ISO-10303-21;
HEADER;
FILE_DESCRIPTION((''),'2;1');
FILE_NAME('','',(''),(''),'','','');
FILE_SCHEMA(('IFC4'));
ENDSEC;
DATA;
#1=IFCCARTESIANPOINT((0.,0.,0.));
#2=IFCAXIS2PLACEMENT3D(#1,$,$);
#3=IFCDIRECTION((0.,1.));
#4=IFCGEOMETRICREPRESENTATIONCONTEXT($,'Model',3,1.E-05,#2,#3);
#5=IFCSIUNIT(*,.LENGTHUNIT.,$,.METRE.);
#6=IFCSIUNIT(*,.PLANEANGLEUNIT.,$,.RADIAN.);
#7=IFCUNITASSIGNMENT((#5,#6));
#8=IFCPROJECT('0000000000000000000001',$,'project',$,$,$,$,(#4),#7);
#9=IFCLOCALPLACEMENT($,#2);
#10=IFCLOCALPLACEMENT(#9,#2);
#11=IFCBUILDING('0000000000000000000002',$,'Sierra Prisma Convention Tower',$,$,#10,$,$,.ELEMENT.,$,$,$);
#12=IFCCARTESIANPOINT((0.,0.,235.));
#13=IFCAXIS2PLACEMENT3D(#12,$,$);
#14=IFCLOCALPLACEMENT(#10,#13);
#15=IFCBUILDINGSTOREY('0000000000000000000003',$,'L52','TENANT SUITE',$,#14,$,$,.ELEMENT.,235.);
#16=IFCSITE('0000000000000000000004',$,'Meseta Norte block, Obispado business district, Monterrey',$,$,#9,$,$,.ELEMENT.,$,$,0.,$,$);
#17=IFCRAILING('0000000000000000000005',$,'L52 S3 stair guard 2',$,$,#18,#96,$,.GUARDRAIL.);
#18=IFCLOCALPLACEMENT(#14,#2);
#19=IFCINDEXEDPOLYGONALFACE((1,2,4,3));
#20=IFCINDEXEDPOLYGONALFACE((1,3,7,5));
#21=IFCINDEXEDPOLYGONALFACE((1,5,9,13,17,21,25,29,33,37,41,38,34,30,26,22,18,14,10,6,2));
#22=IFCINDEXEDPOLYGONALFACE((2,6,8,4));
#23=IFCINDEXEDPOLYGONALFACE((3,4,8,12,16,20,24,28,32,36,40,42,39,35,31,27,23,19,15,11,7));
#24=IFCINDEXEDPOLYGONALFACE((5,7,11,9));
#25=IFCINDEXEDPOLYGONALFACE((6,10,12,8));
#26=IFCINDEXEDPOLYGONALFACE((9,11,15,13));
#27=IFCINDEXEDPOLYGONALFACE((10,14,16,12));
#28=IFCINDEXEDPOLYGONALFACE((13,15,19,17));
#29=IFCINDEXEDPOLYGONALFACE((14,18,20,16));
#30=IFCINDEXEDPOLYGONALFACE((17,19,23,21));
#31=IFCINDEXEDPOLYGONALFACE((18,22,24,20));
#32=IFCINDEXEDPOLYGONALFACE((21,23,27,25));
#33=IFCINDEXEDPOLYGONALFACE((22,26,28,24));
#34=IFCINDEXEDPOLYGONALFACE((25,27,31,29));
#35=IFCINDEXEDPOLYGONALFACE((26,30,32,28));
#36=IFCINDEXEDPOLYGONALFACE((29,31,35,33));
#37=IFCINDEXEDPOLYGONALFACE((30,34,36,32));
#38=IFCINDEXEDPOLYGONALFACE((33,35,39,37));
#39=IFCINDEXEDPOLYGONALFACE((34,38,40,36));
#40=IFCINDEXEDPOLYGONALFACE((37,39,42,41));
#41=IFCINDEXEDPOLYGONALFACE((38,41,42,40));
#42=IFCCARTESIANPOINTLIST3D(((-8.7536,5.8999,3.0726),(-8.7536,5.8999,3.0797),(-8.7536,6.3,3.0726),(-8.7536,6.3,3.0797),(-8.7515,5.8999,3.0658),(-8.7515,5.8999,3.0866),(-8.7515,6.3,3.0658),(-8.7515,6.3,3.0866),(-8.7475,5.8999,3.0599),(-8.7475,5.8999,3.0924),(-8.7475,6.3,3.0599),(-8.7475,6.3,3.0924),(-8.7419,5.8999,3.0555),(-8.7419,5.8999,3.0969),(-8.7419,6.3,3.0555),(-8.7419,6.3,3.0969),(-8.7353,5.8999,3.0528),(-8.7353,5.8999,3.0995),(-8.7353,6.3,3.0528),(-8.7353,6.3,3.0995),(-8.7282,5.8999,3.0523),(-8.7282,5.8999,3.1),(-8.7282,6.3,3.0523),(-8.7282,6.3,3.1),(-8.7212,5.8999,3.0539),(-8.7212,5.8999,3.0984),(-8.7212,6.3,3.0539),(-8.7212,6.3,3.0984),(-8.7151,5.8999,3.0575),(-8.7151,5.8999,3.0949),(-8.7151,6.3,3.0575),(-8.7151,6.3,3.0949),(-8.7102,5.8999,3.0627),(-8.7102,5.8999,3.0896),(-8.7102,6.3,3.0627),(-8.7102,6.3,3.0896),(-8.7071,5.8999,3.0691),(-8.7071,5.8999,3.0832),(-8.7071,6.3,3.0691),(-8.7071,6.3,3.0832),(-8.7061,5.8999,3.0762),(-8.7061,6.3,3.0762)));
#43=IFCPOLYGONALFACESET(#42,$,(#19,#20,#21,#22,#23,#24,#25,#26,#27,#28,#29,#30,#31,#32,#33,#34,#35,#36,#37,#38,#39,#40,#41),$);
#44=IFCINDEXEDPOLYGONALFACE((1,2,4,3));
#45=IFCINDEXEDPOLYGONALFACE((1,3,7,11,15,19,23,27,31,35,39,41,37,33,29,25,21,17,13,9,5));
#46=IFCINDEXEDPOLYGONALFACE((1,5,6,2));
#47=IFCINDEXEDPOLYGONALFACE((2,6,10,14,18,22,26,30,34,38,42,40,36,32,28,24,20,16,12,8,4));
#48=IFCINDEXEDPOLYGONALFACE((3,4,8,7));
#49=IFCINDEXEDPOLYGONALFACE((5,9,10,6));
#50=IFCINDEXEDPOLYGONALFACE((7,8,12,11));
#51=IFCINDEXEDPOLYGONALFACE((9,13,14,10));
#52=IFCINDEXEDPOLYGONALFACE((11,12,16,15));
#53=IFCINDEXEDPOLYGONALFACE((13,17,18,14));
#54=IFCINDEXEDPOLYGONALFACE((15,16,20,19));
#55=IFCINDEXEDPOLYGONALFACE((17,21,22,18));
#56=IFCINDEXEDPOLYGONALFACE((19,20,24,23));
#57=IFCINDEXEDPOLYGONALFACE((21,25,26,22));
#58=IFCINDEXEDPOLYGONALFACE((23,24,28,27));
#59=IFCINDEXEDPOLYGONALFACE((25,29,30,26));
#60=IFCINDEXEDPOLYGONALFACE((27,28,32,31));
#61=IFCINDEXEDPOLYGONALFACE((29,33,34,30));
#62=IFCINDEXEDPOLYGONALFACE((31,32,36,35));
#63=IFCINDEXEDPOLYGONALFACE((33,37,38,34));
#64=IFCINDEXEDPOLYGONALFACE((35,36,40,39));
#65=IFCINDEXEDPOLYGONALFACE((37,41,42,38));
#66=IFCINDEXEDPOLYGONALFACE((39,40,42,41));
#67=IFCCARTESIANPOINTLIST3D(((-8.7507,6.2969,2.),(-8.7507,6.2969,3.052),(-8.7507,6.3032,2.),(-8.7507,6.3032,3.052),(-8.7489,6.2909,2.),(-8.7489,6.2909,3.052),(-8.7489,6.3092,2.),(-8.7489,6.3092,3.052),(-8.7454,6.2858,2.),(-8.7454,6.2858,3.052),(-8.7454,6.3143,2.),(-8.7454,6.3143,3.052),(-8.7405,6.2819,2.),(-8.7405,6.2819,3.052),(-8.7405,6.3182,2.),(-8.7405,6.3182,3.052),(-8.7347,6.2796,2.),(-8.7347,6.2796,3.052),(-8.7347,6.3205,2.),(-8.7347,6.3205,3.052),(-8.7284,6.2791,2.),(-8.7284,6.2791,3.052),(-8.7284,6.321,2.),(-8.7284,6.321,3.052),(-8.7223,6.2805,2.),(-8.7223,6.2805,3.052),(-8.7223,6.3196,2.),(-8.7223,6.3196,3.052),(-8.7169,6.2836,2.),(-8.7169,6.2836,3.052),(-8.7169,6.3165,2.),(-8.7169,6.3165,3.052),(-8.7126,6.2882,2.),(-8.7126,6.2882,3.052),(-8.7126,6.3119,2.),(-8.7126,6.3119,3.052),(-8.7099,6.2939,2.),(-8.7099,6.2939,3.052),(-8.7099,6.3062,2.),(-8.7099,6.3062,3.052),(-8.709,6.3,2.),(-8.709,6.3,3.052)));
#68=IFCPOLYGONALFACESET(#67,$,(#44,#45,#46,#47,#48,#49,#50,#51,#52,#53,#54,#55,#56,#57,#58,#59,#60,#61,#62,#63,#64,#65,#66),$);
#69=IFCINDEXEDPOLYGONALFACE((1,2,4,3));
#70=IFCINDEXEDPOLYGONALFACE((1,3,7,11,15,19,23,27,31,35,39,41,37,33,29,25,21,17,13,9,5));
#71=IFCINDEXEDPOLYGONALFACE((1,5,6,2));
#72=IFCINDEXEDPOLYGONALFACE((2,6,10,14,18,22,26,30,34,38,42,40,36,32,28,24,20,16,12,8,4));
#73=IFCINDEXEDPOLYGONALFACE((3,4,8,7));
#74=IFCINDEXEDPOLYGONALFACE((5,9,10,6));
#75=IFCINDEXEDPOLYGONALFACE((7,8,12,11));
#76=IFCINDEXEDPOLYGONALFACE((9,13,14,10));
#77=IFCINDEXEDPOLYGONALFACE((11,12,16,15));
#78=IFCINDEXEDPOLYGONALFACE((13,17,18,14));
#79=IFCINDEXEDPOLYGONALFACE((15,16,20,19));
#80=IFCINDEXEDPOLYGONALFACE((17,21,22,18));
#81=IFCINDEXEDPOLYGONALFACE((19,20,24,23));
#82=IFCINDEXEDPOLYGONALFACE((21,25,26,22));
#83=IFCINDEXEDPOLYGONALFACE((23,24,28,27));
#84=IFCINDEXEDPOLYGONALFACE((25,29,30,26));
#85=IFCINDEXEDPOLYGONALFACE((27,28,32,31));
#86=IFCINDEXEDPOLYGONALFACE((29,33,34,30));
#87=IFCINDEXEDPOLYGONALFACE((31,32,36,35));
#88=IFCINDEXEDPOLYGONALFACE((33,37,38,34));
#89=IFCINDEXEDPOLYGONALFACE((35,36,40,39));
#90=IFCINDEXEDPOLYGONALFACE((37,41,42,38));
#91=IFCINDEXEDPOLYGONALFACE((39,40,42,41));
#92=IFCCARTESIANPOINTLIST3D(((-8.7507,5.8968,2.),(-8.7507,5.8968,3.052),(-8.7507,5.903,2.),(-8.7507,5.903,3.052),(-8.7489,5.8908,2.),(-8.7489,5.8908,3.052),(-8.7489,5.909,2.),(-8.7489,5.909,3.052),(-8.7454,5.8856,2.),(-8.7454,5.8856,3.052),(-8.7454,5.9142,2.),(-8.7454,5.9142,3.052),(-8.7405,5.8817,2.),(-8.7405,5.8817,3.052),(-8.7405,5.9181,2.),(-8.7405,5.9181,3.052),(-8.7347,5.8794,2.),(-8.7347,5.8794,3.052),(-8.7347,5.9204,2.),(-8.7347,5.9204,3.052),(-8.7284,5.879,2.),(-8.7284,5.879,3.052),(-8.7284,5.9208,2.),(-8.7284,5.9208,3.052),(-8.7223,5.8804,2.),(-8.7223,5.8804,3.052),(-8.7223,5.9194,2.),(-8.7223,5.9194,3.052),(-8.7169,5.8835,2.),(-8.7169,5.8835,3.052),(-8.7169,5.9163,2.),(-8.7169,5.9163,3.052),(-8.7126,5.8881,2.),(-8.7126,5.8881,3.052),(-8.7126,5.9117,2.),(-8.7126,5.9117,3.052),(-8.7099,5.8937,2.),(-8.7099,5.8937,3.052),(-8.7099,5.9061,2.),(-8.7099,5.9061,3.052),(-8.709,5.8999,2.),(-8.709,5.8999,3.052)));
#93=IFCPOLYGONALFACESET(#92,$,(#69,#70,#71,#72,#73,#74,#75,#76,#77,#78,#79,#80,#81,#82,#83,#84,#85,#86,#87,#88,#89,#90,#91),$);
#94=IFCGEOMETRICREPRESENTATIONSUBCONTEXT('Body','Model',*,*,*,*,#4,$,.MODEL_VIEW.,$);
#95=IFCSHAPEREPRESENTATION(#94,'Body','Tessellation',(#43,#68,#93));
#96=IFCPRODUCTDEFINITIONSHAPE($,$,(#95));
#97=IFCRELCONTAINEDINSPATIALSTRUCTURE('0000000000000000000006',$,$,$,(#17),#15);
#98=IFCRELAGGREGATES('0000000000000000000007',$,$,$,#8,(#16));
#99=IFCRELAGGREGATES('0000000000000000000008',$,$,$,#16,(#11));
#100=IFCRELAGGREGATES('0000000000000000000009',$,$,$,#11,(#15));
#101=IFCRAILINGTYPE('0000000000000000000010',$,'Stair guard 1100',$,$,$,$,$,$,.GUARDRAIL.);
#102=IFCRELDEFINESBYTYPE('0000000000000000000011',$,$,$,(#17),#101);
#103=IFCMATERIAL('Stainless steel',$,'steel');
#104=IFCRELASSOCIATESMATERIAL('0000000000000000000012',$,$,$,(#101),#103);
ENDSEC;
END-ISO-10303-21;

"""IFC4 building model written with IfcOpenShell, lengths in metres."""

from ifc_helpers import new_model, si_unit, direction, frame, origin, origin_2d, place, context, subcontext, project, spatial, circle, extrude, material, type_object, element, save


model = new_model("IFC4")

# Units and contexts
model_context = context("Model", 3, precision=1e-05, world=origin(), true_north=direction((0.0, 1.0)))
body_context = subcontext(model_context, "Body", "Model", "MODEL_VIEW")
ifc_project = project(units=[si_unit("LENGTHUNIT", "METRE"), si_unit("PLANEANGLEUNIT", "RADIAN")], contexts=[model_context])

# Site, building, storey
site_placement = place(None, origin())
site = spatial("IfcSite", under=ifc_project, at=site_placement, Name="Meseta Norte block, Obispado business district, Monterrey", CompositionType="ELEMENT", RefElevation=0.0)
building_placement = place(site_placement, origin())
building = spatial("IfcBuilding", under=site, at=building_placement, Name="Sierra Prisma Convention Tower", CompositionType="ELEMENT")
storey_placement = place(building_placement, frame((0.0, 0.0, 235.0)))
storey = spatial("IfcBuildingStorey", under=building, at=storey_placement, Name="L52", Description="TENANT SUITE", CompositionType="ELEMENT", Elevation=235.0)

# Railing
ifc_material_1 = material(Name="Stainless steel", Category="steel")
railing_type_1 = type_object("IfcRailingType", Name="Stair guard 1100", PredefinedType="GUARDRAIL", material=ifc_material_1)
railing_1_placement = place(storey_placement, frame((-8.73, 6.3, 2.0)))
element("IfcRailing", 1, at=railing_1_placement, inside=storey, type_object=railing_type_1, Name="L52 S3 stair guard 2", PredefinedType="GUARDRAIL", context=body_context, shape_type="SweptSolid", body=[
    extrude(circle(Radius=0.0239, at=origin_2d()), frame((0.0, 0.0, 1.0762), z_axis=(0.0, -1.0, 0.0), x_axis=(1.0, 0.0, 0.0)), (0.0, 0.0, 1.0), 0.4001),
    extrude(circle(Radius=0.021, at=origin_2d()), origin(), (0.0, 0.0, 1.0), 1.052),
    extrude(circle(Radius=0.021, at=origin_2d()), frame((0.0, -0.4001, 0.0)), (0.0, 0.0, 1.0), 1.052),
])

save(model, "model.ifc")
